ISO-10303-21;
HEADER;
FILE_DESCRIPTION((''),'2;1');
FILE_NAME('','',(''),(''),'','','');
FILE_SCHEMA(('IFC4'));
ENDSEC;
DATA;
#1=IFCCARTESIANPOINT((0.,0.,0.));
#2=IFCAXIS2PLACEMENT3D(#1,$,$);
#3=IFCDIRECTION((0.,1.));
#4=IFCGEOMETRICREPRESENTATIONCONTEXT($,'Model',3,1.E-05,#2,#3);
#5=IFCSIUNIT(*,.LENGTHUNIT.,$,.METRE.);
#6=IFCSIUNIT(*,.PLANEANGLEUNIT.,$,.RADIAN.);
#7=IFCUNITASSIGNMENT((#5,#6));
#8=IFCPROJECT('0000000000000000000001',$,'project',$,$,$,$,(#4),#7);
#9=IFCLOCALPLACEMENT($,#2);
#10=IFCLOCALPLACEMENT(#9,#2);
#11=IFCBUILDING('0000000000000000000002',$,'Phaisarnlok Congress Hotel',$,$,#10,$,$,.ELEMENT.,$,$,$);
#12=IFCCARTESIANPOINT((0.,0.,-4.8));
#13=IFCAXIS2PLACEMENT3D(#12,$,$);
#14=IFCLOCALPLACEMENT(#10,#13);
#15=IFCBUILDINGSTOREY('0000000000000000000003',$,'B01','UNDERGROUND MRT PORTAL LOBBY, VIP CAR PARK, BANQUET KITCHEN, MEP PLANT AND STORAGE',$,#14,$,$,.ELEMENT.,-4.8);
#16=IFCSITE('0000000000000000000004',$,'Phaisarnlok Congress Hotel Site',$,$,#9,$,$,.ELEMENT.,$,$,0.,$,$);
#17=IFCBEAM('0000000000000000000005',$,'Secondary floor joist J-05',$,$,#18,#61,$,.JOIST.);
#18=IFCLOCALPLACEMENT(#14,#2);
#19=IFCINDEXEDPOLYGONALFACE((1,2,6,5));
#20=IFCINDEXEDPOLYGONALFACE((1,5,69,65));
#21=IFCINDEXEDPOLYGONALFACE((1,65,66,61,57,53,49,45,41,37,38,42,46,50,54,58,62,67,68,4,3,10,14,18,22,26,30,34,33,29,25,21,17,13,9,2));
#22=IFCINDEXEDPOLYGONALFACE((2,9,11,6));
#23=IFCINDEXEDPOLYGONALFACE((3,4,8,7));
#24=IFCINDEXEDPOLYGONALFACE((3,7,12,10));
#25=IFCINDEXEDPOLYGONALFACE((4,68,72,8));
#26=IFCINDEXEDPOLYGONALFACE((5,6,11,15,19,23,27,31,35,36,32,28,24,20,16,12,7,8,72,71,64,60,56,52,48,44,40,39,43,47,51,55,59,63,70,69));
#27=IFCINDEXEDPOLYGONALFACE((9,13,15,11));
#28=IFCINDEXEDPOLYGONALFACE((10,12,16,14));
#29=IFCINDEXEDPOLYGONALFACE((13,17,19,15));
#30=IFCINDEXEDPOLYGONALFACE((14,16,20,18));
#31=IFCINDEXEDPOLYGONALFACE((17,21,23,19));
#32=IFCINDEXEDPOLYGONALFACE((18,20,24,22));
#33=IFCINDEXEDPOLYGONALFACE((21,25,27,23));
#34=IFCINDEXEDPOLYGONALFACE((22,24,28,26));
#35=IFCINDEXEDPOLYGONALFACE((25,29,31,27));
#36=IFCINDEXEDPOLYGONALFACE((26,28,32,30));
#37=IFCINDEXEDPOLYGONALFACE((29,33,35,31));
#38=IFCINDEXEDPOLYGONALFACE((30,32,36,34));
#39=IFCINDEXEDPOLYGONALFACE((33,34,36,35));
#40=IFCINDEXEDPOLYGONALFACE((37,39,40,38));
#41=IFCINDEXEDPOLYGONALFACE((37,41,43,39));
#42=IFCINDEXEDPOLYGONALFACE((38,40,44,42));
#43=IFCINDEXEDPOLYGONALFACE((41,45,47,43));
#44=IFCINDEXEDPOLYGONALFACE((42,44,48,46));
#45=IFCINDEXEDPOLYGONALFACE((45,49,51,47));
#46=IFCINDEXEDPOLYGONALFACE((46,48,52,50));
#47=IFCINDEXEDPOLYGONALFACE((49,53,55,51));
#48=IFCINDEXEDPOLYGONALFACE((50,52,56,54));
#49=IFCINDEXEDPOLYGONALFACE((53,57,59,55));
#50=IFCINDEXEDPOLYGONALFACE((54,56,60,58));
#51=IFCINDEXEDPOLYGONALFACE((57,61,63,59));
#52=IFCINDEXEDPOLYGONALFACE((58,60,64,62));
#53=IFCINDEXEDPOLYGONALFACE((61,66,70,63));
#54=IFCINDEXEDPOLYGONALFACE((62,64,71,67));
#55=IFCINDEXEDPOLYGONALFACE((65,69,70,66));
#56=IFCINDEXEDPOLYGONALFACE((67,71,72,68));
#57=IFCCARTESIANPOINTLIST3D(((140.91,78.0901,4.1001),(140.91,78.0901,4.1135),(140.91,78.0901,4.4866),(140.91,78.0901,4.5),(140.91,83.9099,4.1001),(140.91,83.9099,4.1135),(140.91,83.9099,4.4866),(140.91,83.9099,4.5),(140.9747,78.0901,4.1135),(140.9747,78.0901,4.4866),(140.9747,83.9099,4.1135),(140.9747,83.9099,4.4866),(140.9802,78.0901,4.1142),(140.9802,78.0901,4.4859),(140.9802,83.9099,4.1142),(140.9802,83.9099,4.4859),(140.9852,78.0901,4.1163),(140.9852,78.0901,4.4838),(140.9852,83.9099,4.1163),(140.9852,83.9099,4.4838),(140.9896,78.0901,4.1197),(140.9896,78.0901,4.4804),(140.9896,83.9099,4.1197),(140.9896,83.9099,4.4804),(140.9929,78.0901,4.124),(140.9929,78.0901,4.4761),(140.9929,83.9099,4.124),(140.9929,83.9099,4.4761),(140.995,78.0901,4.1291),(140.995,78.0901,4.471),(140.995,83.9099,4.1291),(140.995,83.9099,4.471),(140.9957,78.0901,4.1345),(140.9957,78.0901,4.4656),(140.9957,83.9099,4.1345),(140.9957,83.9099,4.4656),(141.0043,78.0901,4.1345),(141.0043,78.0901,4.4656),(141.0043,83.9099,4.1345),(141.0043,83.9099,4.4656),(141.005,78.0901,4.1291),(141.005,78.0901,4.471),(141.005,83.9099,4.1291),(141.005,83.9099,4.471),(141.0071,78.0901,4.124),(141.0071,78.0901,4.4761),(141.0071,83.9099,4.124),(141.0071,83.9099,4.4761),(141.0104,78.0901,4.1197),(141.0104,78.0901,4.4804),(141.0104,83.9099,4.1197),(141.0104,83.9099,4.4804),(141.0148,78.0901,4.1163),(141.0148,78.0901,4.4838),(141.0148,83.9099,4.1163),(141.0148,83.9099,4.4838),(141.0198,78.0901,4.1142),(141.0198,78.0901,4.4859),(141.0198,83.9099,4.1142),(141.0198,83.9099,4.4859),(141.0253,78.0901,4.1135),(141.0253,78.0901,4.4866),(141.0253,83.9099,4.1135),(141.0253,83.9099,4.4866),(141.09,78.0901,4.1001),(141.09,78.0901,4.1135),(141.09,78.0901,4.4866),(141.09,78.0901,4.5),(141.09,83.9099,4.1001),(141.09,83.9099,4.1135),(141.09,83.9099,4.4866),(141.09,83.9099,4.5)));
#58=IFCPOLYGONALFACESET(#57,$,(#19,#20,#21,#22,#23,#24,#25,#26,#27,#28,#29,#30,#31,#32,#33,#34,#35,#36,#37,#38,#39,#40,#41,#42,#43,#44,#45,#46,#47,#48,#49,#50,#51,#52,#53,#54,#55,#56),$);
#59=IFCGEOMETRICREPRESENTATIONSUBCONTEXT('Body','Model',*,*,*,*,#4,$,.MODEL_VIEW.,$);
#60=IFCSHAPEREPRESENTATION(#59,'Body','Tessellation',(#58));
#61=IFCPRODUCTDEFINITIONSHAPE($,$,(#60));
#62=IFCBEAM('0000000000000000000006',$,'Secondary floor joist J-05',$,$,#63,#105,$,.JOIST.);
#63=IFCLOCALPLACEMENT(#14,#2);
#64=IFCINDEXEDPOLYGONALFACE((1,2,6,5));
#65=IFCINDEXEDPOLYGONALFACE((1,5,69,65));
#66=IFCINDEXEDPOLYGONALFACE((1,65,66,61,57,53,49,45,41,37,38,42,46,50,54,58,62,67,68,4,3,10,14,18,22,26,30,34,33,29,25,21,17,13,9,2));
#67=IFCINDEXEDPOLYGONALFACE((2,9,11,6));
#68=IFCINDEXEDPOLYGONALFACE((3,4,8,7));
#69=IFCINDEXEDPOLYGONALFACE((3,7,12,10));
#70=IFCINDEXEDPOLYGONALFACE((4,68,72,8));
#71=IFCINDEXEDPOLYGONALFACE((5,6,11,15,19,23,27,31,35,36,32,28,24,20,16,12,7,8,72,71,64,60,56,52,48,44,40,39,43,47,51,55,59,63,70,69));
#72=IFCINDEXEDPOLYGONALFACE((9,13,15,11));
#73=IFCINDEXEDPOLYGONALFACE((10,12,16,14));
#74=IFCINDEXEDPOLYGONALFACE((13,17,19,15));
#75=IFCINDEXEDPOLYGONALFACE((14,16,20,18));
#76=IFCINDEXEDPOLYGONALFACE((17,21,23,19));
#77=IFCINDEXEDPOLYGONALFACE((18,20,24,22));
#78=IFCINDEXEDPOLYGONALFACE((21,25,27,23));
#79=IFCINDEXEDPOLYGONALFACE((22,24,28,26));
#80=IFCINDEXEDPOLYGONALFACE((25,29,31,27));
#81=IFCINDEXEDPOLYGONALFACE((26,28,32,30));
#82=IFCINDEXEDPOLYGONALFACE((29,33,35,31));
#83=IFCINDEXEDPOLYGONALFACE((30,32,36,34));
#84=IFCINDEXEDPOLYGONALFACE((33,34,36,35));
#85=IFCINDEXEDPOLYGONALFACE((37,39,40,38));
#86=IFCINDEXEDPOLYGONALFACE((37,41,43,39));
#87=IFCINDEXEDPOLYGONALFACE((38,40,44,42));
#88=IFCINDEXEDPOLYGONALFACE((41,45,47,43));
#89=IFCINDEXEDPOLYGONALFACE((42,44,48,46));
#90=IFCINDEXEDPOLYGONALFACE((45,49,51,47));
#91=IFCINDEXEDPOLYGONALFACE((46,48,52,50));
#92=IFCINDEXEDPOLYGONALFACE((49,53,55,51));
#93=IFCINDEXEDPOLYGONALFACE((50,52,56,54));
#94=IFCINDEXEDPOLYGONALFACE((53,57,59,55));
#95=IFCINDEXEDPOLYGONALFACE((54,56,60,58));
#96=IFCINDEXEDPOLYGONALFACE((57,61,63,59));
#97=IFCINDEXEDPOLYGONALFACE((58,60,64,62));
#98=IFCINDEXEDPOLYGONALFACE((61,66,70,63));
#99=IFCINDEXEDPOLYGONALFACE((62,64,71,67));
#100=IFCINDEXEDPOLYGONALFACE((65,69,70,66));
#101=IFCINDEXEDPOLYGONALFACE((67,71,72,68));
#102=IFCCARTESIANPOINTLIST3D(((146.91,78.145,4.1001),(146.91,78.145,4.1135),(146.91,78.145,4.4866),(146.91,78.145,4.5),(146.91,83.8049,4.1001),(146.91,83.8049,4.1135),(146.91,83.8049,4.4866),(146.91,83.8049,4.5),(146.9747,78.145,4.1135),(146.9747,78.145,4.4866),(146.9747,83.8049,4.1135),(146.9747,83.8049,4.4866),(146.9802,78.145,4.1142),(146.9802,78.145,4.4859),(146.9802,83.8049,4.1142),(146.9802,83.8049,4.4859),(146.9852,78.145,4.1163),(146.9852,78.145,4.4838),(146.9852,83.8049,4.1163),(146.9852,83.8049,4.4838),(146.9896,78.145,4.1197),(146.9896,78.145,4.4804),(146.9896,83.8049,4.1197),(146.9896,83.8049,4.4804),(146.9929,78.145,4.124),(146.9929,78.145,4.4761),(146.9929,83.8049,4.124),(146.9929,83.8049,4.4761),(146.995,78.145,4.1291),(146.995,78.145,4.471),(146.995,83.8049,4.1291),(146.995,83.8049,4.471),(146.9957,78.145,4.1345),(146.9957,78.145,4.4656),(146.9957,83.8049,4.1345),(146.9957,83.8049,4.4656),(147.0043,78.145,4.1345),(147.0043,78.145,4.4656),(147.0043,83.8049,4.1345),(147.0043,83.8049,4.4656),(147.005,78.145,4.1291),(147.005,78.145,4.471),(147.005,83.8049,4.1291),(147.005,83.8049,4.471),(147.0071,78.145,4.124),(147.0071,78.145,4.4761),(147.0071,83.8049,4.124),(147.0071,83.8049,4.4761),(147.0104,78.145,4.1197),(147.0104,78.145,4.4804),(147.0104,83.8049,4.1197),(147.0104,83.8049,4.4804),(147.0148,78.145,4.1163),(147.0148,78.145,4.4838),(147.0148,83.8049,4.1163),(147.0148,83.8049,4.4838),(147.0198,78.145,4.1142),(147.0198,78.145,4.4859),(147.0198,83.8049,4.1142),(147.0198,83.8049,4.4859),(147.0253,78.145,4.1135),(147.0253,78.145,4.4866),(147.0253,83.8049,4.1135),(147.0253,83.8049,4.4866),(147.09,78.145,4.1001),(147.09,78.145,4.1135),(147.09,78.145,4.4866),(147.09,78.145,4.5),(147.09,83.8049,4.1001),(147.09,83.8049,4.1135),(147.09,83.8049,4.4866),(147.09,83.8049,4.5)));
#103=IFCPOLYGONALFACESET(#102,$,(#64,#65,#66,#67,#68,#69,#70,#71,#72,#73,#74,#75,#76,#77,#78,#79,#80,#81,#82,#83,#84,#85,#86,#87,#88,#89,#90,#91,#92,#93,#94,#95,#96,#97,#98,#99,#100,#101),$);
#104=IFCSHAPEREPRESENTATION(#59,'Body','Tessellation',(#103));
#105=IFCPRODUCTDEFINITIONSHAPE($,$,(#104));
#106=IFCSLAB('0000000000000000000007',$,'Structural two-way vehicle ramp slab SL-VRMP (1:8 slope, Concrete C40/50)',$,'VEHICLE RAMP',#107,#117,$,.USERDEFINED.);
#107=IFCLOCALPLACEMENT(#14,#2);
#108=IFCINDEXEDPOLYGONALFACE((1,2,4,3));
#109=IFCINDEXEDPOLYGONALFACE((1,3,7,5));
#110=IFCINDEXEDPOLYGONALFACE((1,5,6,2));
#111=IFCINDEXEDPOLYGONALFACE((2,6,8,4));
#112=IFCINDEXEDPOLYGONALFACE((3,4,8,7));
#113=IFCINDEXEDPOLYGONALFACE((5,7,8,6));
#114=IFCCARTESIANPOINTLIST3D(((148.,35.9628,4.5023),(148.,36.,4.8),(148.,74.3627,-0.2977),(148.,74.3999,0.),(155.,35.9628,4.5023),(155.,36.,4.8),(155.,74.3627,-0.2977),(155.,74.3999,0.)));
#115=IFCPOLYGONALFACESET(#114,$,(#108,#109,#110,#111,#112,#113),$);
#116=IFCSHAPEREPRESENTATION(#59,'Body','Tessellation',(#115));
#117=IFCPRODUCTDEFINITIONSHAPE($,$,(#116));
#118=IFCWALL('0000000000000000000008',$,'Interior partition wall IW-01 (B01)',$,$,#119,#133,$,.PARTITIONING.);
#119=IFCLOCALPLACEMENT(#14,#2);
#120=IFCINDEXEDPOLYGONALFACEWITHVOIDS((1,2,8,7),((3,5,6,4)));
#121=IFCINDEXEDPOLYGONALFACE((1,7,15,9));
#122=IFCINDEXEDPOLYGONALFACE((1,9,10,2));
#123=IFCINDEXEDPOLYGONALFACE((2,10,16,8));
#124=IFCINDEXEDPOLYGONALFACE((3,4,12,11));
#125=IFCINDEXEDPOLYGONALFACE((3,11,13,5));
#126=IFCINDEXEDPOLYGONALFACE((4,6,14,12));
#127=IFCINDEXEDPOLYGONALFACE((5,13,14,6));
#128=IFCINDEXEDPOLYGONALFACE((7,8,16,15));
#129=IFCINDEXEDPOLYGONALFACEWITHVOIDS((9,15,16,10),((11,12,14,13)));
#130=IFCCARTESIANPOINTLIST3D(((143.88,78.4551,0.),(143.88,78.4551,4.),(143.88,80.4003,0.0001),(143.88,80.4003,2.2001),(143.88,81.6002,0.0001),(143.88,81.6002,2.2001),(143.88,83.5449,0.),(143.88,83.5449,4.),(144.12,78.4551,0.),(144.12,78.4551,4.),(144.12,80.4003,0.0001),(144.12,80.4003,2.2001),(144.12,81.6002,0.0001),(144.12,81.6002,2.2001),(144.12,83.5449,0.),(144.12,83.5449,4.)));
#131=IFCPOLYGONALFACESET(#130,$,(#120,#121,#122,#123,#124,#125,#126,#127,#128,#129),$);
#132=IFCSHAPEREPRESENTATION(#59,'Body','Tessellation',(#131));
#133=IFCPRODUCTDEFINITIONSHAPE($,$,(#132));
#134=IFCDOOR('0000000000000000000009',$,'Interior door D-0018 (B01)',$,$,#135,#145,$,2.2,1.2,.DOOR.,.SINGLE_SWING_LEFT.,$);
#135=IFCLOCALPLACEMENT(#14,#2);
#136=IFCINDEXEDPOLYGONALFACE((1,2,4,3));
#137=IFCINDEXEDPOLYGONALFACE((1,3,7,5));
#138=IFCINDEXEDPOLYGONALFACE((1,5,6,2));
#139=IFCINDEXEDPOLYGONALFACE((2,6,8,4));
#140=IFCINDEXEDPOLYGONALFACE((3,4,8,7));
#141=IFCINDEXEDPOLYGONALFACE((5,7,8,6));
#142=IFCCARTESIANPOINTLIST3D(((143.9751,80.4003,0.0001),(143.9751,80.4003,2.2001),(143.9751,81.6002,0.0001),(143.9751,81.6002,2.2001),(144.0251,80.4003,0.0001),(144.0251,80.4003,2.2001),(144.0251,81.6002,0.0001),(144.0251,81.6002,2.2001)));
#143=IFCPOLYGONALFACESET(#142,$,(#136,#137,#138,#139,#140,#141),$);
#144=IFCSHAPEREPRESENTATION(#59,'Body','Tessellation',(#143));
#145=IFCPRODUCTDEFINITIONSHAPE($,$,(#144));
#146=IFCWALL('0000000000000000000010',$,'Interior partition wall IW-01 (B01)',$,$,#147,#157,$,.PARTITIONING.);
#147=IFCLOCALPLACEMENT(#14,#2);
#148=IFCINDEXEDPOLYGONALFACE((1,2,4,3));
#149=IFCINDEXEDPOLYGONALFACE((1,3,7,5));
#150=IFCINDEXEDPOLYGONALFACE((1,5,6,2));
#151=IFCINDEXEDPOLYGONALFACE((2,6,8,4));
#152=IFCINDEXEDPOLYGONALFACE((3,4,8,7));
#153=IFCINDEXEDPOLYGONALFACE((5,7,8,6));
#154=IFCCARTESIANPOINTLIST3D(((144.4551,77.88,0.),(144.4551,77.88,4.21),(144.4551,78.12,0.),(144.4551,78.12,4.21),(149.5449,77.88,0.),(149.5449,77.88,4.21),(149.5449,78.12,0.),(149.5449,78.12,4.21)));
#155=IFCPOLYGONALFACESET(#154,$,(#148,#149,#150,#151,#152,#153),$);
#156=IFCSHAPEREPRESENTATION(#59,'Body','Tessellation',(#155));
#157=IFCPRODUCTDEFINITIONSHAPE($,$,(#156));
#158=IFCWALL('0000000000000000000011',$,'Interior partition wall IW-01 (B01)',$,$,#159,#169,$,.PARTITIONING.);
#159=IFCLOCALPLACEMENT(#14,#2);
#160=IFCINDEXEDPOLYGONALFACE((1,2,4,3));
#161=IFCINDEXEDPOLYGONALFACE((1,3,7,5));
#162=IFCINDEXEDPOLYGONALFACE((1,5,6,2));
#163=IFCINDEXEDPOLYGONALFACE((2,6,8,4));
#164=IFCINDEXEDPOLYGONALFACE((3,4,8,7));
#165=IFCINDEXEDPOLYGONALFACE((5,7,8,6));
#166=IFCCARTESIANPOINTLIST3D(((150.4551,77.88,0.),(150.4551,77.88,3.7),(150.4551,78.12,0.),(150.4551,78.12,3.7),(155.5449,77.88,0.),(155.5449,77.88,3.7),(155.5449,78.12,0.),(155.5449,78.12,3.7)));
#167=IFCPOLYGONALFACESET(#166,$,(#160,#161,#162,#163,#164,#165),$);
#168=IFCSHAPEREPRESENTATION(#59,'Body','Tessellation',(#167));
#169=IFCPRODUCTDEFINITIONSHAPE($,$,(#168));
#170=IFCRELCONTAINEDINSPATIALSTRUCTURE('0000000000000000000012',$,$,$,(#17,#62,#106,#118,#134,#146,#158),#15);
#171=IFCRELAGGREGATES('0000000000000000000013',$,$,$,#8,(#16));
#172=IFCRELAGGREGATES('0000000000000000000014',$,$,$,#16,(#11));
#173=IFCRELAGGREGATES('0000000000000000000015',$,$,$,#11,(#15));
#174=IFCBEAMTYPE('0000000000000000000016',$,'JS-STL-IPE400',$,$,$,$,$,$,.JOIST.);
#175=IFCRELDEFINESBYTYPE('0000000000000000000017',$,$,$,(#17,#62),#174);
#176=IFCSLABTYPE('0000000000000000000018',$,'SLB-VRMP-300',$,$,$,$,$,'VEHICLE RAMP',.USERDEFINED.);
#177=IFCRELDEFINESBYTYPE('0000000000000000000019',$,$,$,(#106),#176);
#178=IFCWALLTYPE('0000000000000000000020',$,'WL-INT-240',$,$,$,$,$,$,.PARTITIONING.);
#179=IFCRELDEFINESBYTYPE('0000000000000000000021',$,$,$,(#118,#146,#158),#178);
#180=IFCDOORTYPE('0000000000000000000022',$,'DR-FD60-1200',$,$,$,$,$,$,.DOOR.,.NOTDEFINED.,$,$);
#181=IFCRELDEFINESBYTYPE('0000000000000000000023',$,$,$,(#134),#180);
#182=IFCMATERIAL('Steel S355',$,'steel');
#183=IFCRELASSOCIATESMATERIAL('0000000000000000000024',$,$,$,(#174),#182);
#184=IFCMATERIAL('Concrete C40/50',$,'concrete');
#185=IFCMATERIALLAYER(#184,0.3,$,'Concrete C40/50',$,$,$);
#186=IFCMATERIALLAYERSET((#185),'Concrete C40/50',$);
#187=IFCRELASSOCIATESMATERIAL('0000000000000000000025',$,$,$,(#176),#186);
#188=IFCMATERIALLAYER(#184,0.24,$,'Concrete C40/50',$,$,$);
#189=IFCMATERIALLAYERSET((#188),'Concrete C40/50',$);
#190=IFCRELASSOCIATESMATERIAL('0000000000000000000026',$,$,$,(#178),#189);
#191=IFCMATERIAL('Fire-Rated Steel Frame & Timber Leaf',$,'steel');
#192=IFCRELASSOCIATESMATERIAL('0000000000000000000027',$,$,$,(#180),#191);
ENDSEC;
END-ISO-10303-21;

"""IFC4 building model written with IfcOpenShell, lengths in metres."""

from ifc_helpers import new_model, si_unit, direction, frame, frame_2d, origin, origin_2d, place, context, subcontext, project, spatial, polyline, rectangle, i_section, outline, extrude, material, layer, layer_set, material_profile, profile_set, type_object, element, fill, save


model = new_model("IFC4")

# Units and contexts
model_context = context("Model", 3, precision=1e-05, world=origin(), true_north=direction((0.0, 1.0)))
body_context = subcontext(model_context, "Body", "Model", "MODEL_VIEW")
ifc_project = project(units=[si_unit("LENGTHUNIT", "METRE"), si_unit("PLANEANGLEUNIT", "RADIAN")], contexts=[model_context])

# Site, building, storey
site_placement = place(None, origin())
site = spatial("IfcSite", under=ifc_project, at=site_placement, Name="Phaisarnlok Congress Hotel Site", CompositionType="ELEMENT", RefElevation=0.0)
building_placement = place(site_placement, origin())
building = spatial("IfcBuilding", under=site, at=building_placement, Name="Phaisarnlok Congress Hotel", CompositionType="ELEMENT")
storey_placement = place(building_placement, frame((0.0, 0.0, -4.8)))
storey = spatial("IfcBuildingStorey", under=building, at=storey_placement, Name="B01", Description="UNDERGROUND MRT PORTAL LOBBY, VIP CAR PARK, BANQUET KITCHEN, MEP PLANT AND STORAGE", CompositionType="ELEMENT", Elevation=-4.8)

# Shared definitions
ifc_material_1 = material(Name="Concrete C40/50", Category="concrete")

# Beams
ifc_material_2 = material(Name="Steel S355", Category="steel")
ifc_material_profile_1 = material_profile(ifc_material_2, i_section(OverallWidth=0.1799, OverallDepth=0.3999, WebThickness=0.0085, FlangeThickness=0.0134, FilletRadius=0.021, at=origin_2d()), Name="IPE 400")
ifc_profile_set_1 = profile_set([ifc_material_profile_1], Name="Steel S355")
beam_type_1 = type_object("IfcBeamType", Name="JS-STL-IPE400", PredefinedType="JOIST", material=ifc_profile_set_1)
for number, where, z_axis, x_axis, name in (
    (1, (141.0, 78.0901, 4.3), (0.0, 1.0, 0.0), (-1.0, 0.0, 0.0), "Secondary floor joist J-05"),
):
    element("IfcBeam", number, at=place(storey_placement, frame(where, z_axis=z_axis, x_axis=x_axis)), inside=storey, type_object=beam_type_1, Name=name, PredefinedType="JOIST", context=body_context, shape_type="SweptSolid", body=[
        extrude(i_section(OverallWidth=0.1799, OverallDepth=0.3999, WebThickness=0.0085, FlangeThickness=0.0134, FilletRadius=0.021, at=origin_2d()), origin(), (0.0, 0.0, 1.0), 5.8198),
    ])
beam_1_placement = place(storey_placement, frame((147.0, 78.145, 4.3), z_axis=(0.0, 1.0, 0.0), x_axis=(-1.0, 0.0, 0.0)))
element("IfcBeam", 2, at=beam_1_placement, inside=storey, type_object=beam_type_1, Name="Secondary floor joist J-05", PredefinedType="JOIST", context=body_context, shape_type="SweptSolid", body=[
    extrude(i_section(OverallWidth=0.1799, OverallDepth=0.3999, WebThickness=0.0085, FlangeThickness=0.0134, FilletRadius=0.021, at=origin_2d()), origin(), (0.0, 0.0, 1.0), 5.6599),
])

# Slab
ifc_layer_1 = layer(ifc_material_1, 0.3, Name="Concrete C40/50")
ifc_layer_set_1 = layer_set([ifc_layer_1], Name="Concrete C40/50")
slab_type = type_object("IfcSlabType", Name="SLB-VRMP-300", ElementType="VEHICLE RAMP", PredefinedType="USERDEFINED", material=ifc_layer_set_1)
slab_placement = place(storey_placement, frame((148.0, 74.3999, 0.0), z_axis=(0.0, 0.124036, 0.992278), x_axis=(1.0, 0.0, 0.0)))
element("IfcSlab", 3, at=slab_placement, inside=storey, type_object=slab_type, Name="Structural two-way vehicle ramp slab SL-VRMP (1:8 slope, Concrete C40/50)", ObjectType="VEHICLE RAMP", PredefinedType="USERDEFINED", context=body_context, shape_type="SweptSolid", body=[
    extrude(outline(polyline([(0.0, 0.0), (7.0, 0.0), (7.0, -38.6987), (0.0, -38.6987), (0.0, 0.0)])), origin(), (0.0, 0.0, -1.0), 0.3),
])

# Wall, opening, door
ifc_layer_2 = layer(ifc_material_1, 0.24, Name="Concrete C40/50")
ifc_layer_set_2 = layer_set([ifc_layer_2], Name="Concrete C40/50")
wall_type = type_object("IfcWallType", Name="WL-INT-240", PredefinedType="PARTITIONING", material=ifc_layer_set_2)
wall_1_placement = place(storey_placement, frame((144.0, 78.4551, 0.0), z_axis=(0.0, 0.0, 1.0), x_axis=(0.0, 1.0, 0.0)))
wall_1 = element("IfcWall", 4, at=wall_1_placement, inside=storey, type_object=wall_type, Name="Interior partition wall IW-01 (B01)", PredefinedType="PARTITIONING", context=body_context, shape_type="SweptSolid", body=[
    extrude(rectangle(XDim=5.0898, YDim=0.24, at=frame_2d((2.5449, 0.0))), origin(), (0.0, 0.0, 1.0), 4.0),
])
opening_placement = place(wall_1_placement, frame((1.9451, 0.0, 0.0)))
opening = element("IfcOpeningElement", 5, at=opening_placement, cuts=wall_1, PredefinedType="OPENING", context=body_context, shape_type="SweptSolid", body=[
    extrude(rectangle(XDim=1.2, YDim=2.2, at=frame_2d((0.6001, 1.1001))), frame((0.0, 0.1299, 0.0), z_axis=(0.0, -1.0, 0.0), x_axis=(1.0, 0.0, 0.0)), (0.0, 0.0, 1.0), 0.26),
])
ifc_material_3 = material(Name="Fire-Rated Steel Frame & Timber Leaf", Category="steel")
door_type = type_object("IfcDoorType", Name="DR-FD60-1200", OperationType="NOTDEFINED", PredefinedType="DOOR", material=ifc_material_3)
door_placement = place(opening_placement, origin())
door = element("IfcDoor", 6, at=door_placement, inside=storey, type_object=door_type, Name="Interior door D-0018 (B01)", OperationType="SINGLE_SWING_LEFT", OverallHeight=2.2, OverallWidth=1.2, PredefinedType="DOOR", context=body_context, shape_type="SweptSolid", body=[
    extrude(rectangle(XDim=1.2, YDim=2.2, at=frame_2d((0.6001, 1.1001))), frame((0.0, 0.0249, 0.0), z_axis=(0.0, -1.0, 0.0), x_axis=(1.0, 0.0, 0.0)), (0.0, 0.0, 1.0), 0.05),
])
fill(opening, door)

# Walls
wall_2_placement = place(storey_placement, frame((144.4551, 78.0, 0.0), z_axis=(0.0, 0.0, 1.0), x_axis=(1.0, 0.0, 0.0)))
element("IfcWall", 7, at=wall_2_placement, inside=storey, type_object=wall_type, Name="Interior partition wall IW-01 (B01)", PredefinedType="PARTITIONING", context=body_context, shape_type="SweptSolid", body=[
    extrude(rectangle(XDim=5.0898, YDim=0.24, at=frame_2d((2.5449, 0.0))), origin(), (0.0, 0.0, 1.0), 4.21),
])
wall_3_placement = place(storey_placement, frame((150.4551, 78.0, 0.0), z_axis=(0.0, 0.0, 1.0), x_axis=(1.0, 0.0, 0.0)))
element("IfcWall", 8, at=wall_3_placement, inside=storey, type_object=wall_type, Name="Interior partition wall IW-01 (B01)", PredefinedType="PARTITIONING", context=body_context, shape_type="SweptSolid", body=[
    extrude(rectangle(XDim=5.0898, YDim=0.24, at=frame_2d((2.5449, 0.0))), origin(), (0.0, 0.0, 1.0), 3.7),
])

save(model, "model.ifc")
